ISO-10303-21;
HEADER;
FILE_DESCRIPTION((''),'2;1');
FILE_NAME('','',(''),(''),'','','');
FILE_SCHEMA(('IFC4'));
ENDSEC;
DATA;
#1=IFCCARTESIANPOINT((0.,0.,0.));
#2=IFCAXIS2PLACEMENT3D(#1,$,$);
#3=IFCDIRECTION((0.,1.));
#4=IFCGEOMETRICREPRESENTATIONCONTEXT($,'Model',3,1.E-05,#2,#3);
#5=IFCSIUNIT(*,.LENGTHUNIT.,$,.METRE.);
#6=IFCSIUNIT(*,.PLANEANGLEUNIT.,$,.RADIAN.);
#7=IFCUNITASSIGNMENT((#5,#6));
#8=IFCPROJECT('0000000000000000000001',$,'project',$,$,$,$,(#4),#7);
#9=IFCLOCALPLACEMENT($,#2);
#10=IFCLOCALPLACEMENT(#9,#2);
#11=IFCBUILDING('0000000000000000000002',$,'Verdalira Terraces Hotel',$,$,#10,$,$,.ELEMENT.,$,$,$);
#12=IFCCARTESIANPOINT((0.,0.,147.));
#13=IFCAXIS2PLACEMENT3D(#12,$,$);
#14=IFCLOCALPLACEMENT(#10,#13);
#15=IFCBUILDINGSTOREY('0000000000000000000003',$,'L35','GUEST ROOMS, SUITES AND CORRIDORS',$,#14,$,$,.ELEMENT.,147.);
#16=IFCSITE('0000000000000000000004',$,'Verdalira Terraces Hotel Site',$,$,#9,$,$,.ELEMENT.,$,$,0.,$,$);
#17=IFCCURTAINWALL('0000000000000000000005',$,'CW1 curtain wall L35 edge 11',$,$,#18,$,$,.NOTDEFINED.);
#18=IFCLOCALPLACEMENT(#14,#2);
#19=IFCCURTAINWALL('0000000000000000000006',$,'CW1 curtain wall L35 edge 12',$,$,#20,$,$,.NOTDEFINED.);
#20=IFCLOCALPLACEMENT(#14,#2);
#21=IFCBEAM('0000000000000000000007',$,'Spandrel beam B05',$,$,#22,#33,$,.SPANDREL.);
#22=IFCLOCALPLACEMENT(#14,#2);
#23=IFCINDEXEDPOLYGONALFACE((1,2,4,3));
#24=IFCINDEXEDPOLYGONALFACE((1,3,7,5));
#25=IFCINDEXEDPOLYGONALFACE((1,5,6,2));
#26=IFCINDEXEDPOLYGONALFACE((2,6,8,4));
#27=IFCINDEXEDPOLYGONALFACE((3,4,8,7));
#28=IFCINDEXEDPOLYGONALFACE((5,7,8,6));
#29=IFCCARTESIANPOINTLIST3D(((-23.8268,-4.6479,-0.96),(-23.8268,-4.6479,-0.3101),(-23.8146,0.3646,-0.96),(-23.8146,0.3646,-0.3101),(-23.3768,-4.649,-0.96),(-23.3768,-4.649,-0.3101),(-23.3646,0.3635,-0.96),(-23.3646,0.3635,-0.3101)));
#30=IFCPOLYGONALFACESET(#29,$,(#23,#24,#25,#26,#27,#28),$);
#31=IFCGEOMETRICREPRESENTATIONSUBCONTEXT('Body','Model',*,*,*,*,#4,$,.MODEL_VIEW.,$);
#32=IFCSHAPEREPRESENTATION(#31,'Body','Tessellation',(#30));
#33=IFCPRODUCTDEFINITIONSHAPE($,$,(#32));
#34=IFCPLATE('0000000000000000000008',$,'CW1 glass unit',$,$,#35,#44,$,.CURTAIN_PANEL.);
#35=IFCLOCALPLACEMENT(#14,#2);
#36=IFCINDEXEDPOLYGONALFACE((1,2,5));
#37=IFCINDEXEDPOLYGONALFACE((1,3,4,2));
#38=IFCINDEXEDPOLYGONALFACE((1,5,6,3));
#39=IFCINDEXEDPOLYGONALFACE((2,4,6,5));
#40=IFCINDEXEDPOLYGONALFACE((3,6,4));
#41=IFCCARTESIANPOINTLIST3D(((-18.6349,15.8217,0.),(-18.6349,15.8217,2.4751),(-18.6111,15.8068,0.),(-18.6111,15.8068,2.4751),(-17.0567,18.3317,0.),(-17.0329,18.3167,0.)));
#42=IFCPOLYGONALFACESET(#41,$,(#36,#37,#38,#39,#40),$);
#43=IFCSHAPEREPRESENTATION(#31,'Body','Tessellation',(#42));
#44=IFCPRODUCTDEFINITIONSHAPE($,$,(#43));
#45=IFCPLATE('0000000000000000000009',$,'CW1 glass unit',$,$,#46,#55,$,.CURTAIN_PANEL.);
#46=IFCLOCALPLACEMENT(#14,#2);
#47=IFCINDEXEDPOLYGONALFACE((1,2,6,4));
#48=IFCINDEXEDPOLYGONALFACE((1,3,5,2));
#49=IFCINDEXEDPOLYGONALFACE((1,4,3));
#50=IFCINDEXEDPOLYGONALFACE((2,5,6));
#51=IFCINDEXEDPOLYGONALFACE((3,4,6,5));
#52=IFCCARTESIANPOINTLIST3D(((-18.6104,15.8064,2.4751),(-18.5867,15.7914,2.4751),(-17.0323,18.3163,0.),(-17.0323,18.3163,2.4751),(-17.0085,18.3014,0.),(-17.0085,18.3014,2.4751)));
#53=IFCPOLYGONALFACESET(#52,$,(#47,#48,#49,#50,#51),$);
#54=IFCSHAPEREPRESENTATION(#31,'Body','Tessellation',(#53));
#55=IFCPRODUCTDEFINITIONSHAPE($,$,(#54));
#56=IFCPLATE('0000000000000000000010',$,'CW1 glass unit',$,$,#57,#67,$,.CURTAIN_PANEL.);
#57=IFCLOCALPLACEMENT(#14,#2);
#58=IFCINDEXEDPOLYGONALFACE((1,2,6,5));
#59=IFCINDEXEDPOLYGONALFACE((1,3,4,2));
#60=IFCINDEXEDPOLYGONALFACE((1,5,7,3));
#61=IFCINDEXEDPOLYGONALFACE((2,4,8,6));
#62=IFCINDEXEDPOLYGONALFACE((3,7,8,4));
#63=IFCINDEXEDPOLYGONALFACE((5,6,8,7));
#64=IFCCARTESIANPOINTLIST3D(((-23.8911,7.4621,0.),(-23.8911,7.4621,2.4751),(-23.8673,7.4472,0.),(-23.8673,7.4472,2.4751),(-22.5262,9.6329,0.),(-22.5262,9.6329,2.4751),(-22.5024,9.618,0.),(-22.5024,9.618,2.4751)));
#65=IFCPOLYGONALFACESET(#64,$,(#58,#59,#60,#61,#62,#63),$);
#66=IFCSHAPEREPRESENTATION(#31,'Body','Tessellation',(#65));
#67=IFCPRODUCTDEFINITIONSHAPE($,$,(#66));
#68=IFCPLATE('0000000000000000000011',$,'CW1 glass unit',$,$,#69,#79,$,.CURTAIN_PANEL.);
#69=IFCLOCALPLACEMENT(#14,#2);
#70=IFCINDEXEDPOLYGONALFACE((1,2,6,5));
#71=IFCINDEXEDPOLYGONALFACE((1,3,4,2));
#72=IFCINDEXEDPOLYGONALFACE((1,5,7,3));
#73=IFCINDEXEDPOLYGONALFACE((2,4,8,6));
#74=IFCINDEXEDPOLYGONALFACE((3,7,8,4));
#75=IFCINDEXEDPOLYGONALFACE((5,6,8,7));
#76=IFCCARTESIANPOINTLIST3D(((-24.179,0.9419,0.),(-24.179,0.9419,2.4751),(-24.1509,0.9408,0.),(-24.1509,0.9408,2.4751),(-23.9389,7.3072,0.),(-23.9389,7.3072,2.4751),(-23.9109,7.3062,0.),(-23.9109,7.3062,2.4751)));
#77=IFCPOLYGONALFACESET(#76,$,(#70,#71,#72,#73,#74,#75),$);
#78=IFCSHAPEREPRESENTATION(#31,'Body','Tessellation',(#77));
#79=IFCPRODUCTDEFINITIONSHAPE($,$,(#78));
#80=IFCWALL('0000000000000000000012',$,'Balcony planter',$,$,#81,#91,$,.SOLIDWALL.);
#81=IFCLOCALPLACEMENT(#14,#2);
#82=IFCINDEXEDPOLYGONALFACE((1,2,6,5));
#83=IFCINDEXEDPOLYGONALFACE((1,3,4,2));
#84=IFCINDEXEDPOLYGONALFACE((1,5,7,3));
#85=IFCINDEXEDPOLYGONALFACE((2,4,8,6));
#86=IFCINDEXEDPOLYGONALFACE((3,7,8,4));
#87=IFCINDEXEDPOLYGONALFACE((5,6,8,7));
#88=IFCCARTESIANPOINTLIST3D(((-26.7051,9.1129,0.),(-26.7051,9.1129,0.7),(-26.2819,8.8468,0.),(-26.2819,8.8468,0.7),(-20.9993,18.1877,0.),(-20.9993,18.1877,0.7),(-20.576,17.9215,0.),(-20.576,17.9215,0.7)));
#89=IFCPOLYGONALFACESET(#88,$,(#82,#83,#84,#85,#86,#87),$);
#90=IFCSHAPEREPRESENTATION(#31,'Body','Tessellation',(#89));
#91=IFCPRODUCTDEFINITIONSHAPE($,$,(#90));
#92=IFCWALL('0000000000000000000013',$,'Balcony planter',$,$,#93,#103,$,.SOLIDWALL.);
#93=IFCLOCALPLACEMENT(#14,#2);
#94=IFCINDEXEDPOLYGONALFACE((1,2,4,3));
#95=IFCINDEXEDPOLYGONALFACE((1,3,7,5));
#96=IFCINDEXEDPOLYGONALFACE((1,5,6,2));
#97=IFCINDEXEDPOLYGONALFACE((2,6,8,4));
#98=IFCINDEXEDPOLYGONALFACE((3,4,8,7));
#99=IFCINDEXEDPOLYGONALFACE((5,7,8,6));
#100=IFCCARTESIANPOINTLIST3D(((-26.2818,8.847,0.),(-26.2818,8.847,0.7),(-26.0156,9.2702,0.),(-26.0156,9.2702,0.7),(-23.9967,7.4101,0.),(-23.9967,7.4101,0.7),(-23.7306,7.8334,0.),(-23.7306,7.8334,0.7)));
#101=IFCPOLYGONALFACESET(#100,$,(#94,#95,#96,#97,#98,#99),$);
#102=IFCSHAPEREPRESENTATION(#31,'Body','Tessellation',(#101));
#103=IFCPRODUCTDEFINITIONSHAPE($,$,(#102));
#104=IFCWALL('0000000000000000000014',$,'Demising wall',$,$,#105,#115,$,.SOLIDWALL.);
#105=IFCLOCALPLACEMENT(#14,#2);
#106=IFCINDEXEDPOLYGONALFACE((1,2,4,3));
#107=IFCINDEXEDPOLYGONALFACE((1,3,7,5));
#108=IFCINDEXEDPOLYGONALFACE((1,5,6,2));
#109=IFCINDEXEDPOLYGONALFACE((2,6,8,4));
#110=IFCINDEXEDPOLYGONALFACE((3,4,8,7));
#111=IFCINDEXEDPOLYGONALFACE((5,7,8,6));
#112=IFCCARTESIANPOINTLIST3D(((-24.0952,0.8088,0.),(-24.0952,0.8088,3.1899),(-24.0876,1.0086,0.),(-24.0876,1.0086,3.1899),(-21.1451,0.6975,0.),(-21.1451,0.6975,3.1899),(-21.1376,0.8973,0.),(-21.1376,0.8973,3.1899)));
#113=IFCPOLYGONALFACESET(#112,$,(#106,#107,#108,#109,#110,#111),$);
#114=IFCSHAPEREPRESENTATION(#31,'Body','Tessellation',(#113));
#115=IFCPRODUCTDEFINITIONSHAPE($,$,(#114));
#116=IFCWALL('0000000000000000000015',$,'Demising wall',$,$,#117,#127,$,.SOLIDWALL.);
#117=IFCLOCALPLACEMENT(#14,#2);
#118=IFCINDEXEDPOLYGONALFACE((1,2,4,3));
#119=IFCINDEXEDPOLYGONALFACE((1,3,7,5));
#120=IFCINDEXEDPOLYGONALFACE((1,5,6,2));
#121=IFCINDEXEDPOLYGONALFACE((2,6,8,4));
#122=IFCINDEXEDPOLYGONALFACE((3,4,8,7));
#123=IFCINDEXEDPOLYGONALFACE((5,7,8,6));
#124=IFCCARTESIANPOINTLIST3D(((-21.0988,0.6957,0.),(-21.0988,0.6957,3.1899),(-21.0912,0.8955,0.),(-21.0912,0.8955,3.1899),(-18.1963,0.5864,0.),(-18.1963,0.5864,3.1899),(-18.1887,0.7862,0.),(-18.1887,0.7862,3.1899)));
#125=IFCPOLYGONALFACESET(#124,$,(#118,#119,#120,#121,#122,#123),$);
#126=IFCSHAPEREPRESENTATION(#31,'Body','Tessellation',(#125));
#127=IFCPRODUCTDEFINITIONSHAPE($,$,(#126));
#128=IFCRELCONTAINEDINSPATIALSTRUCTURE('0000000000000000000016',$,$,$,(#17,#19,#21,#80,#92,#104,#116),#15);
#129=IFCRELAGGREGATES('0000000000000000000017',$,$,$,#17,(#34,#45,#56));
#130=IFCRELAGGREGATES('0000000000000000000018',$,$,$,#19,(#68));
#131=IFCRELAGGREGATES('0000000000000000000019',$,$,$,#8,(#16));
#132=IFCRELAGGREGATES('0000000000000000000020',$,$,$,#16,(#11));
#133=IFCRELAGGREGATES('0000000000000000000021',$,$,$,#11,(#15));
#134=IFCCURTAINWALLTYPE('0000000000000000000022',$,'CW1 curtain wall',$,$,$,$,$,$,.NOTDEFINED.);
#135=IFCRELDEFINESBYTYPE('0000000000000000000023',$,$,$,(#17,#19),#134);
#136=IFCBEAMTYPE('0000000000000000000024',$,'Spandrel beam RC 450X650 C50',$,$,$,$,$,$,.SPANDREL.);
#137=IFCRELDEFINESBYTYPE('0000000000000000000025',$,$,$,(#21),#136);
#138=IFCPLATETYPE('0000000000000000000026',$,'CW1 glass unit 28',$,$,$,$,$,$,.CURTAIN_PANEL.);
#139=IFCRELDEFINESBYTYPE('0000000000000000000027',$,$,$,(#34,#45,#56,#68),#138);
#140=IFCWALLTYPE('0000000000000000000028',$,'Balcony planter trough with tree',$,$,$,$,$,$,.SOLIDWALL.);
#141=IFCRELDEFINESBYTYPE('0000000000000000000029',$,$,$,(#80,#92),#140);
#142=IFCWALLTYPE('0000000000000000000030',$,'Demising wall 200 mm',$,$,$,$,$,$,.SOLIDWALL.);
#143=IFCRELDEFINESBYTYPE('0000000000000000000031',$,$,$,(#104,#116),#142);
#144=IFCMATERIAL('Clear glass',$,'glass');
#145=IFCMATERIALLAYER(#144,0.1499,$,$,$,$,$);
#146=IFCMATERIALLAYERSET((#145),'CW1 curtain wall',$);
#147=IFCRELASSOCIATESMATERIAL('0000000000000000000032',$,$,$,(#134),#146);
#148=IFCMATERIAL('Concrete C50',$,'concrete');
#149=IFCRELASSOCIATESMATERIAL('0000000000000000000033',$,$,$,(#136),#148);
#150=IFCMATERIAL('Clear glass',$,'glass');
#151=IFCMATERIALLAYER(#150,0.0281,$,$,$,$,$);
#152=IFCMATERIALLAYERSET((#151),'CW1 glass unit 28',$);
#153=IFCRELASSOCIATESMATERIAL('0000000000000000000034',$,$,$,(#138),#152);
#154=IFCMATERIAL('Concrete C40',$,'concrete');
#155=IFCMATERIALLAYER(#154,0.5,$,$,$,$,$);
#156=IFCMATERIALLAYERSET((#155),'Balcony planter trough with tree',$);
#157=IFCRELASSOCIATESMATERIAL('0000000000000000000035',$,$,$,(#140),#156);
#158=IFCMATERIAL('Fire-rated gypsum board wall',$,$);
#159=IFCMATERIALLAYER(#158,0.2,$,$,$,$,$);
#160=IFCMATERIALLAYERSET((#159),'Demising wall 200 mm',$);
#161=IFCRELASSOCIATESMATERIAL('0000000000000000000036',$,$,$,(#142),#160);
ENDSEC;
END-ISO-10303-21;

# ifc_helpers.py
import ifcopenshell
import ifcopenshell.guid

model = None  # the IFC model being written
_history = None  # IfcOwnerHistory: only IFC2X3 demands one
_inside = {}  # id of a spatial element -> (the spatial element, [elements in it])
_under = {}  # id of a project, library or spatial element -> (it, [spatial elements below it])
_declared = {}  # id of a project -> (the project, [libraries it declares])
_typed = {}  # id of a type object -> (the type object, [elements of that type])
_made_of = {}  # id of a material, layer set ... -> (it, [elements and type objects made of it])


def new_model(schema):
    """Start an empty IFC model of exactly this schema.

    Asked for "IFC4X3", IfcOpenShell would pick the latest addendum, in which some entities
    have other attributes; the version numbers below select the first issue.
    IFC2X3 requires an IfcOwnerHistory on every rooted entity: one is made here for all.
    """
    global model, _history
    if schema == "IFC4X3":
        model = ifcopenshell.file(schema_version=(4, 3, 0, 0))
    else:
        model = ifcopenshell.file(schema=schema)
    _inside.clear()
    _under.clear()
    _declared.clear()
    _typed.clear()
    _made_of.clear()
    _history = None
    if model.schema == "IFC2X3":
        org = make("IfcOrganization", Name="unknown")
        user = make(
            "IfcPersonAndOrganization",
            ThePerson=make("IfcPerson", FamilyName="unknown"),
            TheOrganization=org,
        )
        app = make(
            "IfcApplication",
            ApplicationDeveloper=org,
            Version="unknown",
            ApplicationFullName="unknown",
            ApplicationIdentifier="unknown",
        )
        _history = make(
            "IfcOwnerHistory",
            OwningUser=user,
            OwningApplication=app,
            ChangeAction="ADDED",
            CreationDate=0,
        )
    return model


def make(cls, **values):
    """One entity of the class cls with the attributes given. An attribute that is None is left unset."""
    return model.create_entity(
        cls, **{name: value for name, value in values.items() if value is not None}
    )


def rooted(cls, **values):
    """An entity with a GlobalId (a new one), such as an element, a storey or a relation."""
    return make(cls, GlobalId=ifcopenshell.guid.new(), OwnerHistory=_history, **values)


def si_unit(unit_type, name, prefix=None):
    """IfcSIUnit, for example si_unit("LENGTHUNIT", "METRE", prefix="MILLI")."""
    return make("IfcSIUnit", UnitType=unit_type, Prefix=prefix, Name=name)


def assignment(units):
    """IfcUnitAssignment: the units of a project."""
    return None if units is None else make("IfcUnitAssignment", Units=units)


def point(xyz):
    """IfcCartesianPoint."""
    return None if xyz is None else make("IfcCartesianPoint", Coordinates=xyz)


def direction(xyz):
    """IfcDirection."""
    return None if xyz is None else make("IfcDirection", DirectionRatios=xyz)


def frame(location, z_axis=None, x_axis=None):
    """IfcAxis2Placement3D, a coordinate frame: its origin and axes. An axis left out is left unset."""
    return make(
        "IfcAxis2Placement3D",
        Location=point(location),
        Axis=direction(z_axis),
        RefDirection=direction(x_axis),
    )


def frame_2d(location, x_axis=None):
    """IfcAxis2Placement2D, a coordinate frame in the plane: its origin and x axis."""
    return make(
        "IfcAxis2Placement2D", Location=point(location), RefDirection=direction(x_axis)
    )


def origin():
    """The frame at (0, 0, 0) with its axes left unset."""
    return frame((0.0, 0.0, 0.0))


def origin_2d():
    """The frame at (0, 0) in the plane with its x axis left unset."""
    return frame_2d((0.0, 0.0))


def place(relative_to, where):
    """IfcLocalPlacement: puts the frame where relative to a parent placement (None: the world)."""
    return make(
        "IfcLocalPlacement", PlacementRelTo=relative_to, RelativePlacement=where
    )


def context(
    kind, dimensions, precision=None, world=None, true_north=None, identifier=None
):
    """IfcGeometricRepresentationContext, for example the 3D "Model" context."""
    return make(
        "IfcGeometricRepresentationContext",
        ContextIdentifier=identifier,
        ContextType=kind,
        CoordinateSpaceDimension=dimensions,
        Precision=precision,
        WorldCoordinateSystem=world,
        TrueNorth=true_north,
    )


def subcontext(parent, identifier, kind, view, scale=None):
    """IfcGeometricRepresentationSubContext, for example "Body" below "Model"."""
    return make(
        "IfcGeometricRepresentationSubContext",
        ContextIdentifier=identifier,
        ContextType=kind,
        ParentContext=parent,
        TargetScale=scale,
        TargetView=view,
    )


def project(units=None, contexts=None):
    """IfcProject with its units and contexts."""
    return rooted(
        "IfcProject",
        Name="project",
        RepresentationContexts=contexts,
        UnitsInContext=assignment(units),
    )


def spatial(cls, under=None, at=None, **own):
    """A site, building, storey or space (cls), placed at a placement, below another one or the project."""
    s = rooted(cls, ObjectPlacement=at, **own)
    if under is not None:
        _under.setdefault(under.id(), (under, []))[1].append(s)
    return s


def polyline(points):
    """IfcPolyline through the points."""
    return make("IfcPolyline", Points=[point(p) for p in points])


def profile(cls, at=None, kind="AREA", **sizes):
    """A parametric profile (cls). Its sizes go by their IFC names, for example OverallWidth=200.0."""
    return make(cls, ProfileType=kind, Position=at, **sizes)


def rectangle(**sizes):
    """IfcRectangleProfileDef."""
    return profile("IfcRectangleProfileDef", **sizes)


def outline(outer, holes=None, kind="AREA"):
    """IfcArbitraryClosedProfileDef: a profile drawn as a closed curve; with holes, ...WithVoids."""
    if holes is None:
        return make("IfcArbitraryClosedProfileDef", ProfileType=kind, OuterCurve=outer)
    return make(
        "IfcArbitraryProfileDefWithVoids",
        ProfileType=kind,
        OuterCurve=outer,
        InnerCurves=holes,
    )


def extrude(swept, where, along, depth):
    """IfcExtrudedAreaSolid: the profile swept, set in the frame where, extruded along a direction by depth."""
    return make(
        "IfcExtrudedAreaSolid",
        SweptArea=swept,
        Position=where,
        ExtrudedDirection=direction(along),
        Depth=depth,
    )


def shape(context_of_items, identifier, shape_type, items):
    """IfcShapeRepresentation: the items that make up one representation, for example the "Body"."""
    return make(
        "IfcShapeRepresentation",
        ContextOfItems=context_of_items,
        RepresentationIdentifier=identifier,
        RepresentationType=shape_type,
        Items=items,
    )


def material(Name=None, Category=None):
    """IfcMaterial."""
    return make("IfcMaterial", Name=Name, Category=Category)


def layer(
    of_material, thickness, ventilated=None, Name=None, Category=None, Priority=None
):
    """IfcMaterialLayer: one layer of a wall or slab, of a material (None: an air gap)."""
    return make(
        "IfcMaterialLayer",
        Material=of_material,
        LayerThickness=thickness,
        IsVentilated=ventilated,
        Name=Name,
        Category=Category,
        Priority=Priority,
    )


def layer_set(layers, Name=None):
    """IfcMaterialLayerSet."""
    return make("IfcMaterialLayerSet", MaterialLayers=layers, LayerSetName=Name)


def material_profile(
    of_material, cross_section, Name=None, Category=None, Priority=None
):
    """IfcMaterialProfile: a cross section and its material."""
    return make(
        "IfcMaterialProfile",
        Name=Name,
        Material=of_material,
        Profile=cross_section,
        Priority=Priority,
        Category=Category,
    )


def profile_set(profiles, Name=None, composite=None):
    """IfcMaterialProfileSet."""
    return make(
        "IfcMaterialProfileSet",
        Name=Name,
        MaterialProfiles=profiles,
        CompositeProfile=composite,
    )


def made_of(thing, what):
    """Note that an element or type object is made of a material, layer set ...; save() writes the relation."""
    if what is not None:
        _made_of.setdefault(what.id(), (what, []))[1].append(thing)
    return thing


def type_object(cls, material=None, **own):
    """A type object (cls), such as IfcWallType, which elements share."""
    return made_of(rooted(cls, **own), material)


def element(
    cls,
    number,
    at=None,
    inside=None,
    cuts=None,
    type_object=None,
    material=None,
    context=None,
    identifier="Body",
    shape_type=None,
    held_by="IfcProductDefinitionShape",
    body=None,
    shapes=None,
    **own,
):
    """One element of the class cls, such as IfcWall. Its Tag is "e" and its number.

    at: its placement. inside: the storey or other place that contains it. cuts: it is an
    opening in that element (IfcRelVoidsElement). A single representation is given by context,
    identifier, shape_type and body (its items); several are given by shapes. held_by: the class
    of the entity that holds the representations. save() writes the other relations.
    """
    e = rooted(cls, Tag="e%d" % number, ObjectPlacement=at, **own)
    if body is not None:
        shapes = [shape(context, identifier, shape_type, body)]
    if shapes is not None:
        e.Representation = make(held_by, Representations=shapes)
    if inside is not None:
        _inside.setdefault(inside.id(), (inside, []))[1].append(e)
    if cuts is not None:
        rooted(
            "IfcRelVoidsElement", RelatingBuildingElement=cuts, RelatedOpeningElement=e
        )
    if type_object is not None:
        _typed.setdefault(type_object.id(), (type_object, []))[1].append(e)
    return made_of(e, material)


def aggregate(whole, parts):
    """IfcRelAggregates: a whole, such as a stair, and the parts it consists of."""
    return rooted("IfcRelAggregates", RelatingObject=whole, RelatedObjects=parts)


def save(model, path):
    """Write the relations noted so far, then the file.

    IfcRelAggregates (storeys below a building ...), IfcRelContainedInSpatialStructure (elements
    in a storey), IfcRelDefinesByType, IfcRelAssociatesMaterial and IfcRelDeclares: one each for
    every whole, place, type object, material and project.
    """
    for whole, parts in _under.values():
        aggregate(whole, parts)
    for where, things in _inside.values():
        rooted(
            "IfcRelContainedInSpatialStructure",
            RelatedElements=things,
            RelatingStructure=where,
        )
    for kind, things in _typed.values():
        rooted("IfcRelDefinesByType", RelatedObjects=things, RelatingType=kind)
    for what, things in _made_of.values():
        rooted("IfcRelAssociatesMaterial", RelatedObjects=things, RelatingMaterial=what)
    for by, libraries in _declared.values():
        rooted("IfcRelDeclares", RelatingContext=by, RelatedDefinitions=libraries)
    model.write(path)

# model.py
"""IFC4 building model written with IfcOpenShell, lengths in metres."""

from ifc_helpers import new_model, si_unit, direction, frame, frame_2d, origin, origin_2d, place, context, subcontext, project, spatial, polyline, rectangle, outline, extrude, material, layer, layer_set, material_profile, profile_set, type_object, element, aggregate, save


model = new_model("IFC4")

# Units and contexts
model_context = context("Model", 3, precision=1e-05, world=origin(), true_north=direction((0.0, 1.0)))
body_context = subcontext(model_context, "Body", "Model", "MODEL_VIEW")
ifc_project = project(units=[si_unit("LENGTHUNIT", "METRE"), si_unit("PLANEANGLEUNIT", "RADIAN")], contexts=[model_context])

# Site, building, storey
site_placement = place(None, origin())
site = spatial("IfcSite", under=ifc_project, at=site_placement, Name="Verdalira Terraces Hotel Site", CompositionType="ELEMENT", RefElevation=0.0)
building_placement = place(site_placement, origin())
building = spatial("IfcBuilding", under=site, at=building_placement, Name="Verdalira Terraces Hotel", CompositionType="ELEMENT")
storey_placement = place(building_placement, frame((0.0, 0.0, 147.0)))
storey = spatial("IfcBuildingStorey", under=building, at=storey_placement, Name="L35", Description="GUEST ROOMS, SUITES AND CORRIDORS", CompositionType="ELEMENT", Elevation=147.0)

# Curtain wall
ifc_material_1 = material(Name="Clear glass", Category="glass")
ifc_layer_1 = layer(ifc_material_1, 0.1499)
ifc_layer_set_1 = layer_set([ifc_layer_1], Name="CW1 curtain wall")
curtain_wall_type = type_object("IfcCurtainWallType", Name="CW1 curtain wall", PredefinedType="NOTDEFINED", material=ifc_layer_set_1)
curtain_wall_1_placement = place(storey_placement, origin())
curtain_wall_1 = element("IfcCurtainWall", 1, at=curtain_wall_1_placement, inside=storey, type_object=curtain_wall_type, Name="CW1 curtain wall L35 edge 11", PredefinedType="NOTDEFINED")

# Curtain wall
curtain_wall_2_placement = place(storey_placement, origin())
curtain_wall_2 = element("IfcCurtainWall", 2, at=curtain_wall_2_placement, inside=storey, type_object=curtain_wall_type, Name="CW1 curtain wall L35 edge 12", PredefinedType="NOTDEFINED")

# Beam
ifc_material_2 = material(Name="Concrete C50", Category="concrete")
ifc_material_profile_1 = material_profile(ifc_material_2, rectangle(XDim=0.45, YDim=0.6499, at=origin_2d()), Name="RC 450X650")
ifc_profile_set_1 = profile_set([ifc_material_profile_1], Name="Concrete C50")
beam_type_1 = type_object("IfcBeamType", Name="Spandrel beam RC 450X650 C50", PredefinedType="SPANDREL", material=ifc_profile_set_1)
beam_1_placement = place(storey_placement, frame((-23.5896, 0.364, -0.635), z_axis=(-0.002435, -0.999997, 0.0), x_axis=(0.999997, -0.002435, 0.0)))
element("IfcBeam", 3, at=beam_1_placement, inside=storey, type_object=beam_type_1, Name="Spandrel beam B05", PredefinedType="SPANDREL", context=body_context, shape_type="SweptSolid", body=[
    extrude(rectangle(XDim=0.45, YDim=0.6499, at=origin_2d()), origin(), (0.0, 0.0, 1.0), 5.0125),
])

# Plates
ifc_material_3 = material(Name="Clear glass", Category="glass")
ifc_layer_2 = layer(ifc_material_3, 0.0281)
ifc_layer_set_2 = layer_set([ifc_layer_2], Name="CW1 glass unit 28")
plate_type = type_object("IfcPlateType", Name="CW1 glass unit 28", PredefinedType="CURTAIN_PANEL", material=ifc_layer_set_2)
plate_1_placement = place(storey_placement, frame((-17.822, 17.0618, 1.2375), z_axis=(-0.846565, 0.532285, 0.0), x_axis=(-0.532285, -0.846565, 0.0)))
plate_1 = element("IfcPlate", 4, at=plate_1_placement, type_object=plate_type, Name="CW1 glass unit", PredefinedType="CURTAIN_PANEL", context=body_context, shape_type="SweptSolid", body=[
    extrude(outline(polyline([(-1.4824, -1.2375), (1.4824, -1.2375), (1.4824, 1.2375), (-1.4824, -1.2375)])), origin(), (0.0, 0.0, 1.0), 0.0281),
])
plate_2_placement = place(storey_placement, frame((-17.7976, 17.0464, 1.2375), z_axis=(-0.846565, 0.532285, 0.0), x_axis=(-0.532285, -0.846565, 0.0)))
plate_2 = element("IfcPlate", 5, at=plate_2_placement, type_object=plate_type, Name="CW1 glass unit", PredefinedType="CURTAIN_PANEL", context=body_context, shape_type="SweptSolid", body=[
    extrude(outline(polyline([(-1.4824, -1.2375), (1.4824, 1.2375), (-1.4824, 1.2375), (-1.4824, -1.2375)])), origin(), (0.0, 0.0, 1.0), 0.0281),
])
plate_3_placement = place(storey_placement, frame((-23.1968, 8.54, 0.0), z_axis=(0.0, 0.0, 1.0), x_axis=(-0.532285, -0.846565, 0.0)))
plate_3 = element("IfcPlate", 6, at=plate_3_placement, type_object=plate_type, Name="CW1 glass unit", PredefinedType="CURTAIN_PANEL", context=body_context, shape_type="SweptSolid", body=[
    extrude(rectangle(XDim=2.5642, YDim=0.0281, at=origin_2d()), origin(), (0.0, 0.0, 1.0), 2.4751),
])
aggregate(curtain_wall_1, [plate_1, plate_2, plate_3])
plate_4_placement = place(storey_placement, frame((-24.0449, 4.124, 0.0), z_axis=(0.0, 0.0, 1.0), x_axis=(-0.03769, -0.999289, 0.0)))
plate_4 = element("IfcPlate", 7, at=plate_4_placement, type_object=plate_type, Name="CW1 glass unit", PredefinedType="CURTAIN_PANEL", context=body_context, shape_type="SweptSolid", body=[
    extrude(rectangle(XDim=6.3699, YDim=0.0281, at=origin_2d()), origin(), (0.0, 0.0, 1.0), 2.4751),
])
aggregate(curtain_wall_2, [plate_4])

# Walls
ifc_material_4 = material(Name="Concrete C40", Category="concrete")
ifc_layer_3 = layer(ifc_material_4, 0.5)
ifc_layer_set_3 = layer_set([ifc_layer_3], Name="Balcony planter trough with tree")
wall_type_1 = type_object("IfcWallType", Name="Balcony planter trough with tree", PredefinedType="SOLIDWALL", material=ifc_layer_set_3)
wall_1_placement = place(storey_placement, frame((-20.7876, 18.0547, 0.0), z_axis=(0.0, 0.0, 1.0), x_axis=(-0.532286, -0.846565, 0.0)))
element("IfcWall", 8, at=wall_1_placement, inside=storey, type_object=wall_type_1, Name="Balcony planter", PredefinedType="SOLIDWALL", context=body_context, shape_type="SweptSolid", body=[
    extrude(rectangle(XDim=10.7195, YDim=0.5, at=frame_2d((5.3599, 0.0))), origin(), (0.0, 0.0, 1.0), 0.7),
])
wall_2_placement = place(storey_placement, frame((-26.1487, 9.0586, 0.0), z_axis=(0.0, 0.0, 1.0), x_axis=(0.846547, -0.532314, 0.0)))
element("IfcWall", 9, at=wall_2_placement, inside=storey, type_object=wall_type_1, Name="Balcony planter", PredefinedType="SOLIDWALL", context=body_context, shape_type="SweptSolid", body=[
    extrude(rectangle(XDim=2.6992, YDim=0.5, at=frame_2d((1.3496, 0.0))), origin(), (0.0, 0.0, 1.0), 0.7),
])
ifc_material_5 = material(Name="Fire-rated gypsum board wall")
ifc_layer_4 = layer(ifc_material_5, 0.2)
ifc_layer_set_4 = layer_set([ifc_layer_4], Name="Demising wall 200 mm")
wall_type_2 = type_object("IfcWallType", Name="Demising wall 200 mm", PredefinedType="SOLIDWALL", material=ifc_layer_set_4)
wall_3_placement = place(storey_placement, frame((-21.1414, 0.7974, 0.0), z_axis=(0.0, 0.0, 1.0), x_axis=(-0.999289, 0.037712, 0.0)))
element("IfcWall", 10, at=wall_3_placement, inside=storey, type_object=wall_type_2, Name="Demising wall", PredefinedType="SOLIDWALL", context=body_context, shape_type="SweptSolid", body=[
    extrude(rectangle(XDim=2.9521, YDim=0.2, at=frame_2d((1.4761, 0.0))), origin(), (0.0, 0.0, 1.0), 3.1899),
])
wall_4_placement = place(storey_placement, frame((-18.1926, 0.6863, 0.0), z_axis=(0.0, 0.0, 1.0), x_axis=(-0.999291, 0.037655, 0.0)))
element("IfcWall", 11, at=wall_4_placement, inside=storey, type_object=wall_type_2, Name="Demising wall", PredefinedType="SOLIDWALL", context=body_context, shape_type="SweptSolid", body=[
    extrude(rectangle(XDim=2.9045, YDim=0.2, at=frame_2d((1.4521, 0.0))), origin(), (0.0, 0.0, 1.0), 3.1899),
])

save(model, "model.ifc")
